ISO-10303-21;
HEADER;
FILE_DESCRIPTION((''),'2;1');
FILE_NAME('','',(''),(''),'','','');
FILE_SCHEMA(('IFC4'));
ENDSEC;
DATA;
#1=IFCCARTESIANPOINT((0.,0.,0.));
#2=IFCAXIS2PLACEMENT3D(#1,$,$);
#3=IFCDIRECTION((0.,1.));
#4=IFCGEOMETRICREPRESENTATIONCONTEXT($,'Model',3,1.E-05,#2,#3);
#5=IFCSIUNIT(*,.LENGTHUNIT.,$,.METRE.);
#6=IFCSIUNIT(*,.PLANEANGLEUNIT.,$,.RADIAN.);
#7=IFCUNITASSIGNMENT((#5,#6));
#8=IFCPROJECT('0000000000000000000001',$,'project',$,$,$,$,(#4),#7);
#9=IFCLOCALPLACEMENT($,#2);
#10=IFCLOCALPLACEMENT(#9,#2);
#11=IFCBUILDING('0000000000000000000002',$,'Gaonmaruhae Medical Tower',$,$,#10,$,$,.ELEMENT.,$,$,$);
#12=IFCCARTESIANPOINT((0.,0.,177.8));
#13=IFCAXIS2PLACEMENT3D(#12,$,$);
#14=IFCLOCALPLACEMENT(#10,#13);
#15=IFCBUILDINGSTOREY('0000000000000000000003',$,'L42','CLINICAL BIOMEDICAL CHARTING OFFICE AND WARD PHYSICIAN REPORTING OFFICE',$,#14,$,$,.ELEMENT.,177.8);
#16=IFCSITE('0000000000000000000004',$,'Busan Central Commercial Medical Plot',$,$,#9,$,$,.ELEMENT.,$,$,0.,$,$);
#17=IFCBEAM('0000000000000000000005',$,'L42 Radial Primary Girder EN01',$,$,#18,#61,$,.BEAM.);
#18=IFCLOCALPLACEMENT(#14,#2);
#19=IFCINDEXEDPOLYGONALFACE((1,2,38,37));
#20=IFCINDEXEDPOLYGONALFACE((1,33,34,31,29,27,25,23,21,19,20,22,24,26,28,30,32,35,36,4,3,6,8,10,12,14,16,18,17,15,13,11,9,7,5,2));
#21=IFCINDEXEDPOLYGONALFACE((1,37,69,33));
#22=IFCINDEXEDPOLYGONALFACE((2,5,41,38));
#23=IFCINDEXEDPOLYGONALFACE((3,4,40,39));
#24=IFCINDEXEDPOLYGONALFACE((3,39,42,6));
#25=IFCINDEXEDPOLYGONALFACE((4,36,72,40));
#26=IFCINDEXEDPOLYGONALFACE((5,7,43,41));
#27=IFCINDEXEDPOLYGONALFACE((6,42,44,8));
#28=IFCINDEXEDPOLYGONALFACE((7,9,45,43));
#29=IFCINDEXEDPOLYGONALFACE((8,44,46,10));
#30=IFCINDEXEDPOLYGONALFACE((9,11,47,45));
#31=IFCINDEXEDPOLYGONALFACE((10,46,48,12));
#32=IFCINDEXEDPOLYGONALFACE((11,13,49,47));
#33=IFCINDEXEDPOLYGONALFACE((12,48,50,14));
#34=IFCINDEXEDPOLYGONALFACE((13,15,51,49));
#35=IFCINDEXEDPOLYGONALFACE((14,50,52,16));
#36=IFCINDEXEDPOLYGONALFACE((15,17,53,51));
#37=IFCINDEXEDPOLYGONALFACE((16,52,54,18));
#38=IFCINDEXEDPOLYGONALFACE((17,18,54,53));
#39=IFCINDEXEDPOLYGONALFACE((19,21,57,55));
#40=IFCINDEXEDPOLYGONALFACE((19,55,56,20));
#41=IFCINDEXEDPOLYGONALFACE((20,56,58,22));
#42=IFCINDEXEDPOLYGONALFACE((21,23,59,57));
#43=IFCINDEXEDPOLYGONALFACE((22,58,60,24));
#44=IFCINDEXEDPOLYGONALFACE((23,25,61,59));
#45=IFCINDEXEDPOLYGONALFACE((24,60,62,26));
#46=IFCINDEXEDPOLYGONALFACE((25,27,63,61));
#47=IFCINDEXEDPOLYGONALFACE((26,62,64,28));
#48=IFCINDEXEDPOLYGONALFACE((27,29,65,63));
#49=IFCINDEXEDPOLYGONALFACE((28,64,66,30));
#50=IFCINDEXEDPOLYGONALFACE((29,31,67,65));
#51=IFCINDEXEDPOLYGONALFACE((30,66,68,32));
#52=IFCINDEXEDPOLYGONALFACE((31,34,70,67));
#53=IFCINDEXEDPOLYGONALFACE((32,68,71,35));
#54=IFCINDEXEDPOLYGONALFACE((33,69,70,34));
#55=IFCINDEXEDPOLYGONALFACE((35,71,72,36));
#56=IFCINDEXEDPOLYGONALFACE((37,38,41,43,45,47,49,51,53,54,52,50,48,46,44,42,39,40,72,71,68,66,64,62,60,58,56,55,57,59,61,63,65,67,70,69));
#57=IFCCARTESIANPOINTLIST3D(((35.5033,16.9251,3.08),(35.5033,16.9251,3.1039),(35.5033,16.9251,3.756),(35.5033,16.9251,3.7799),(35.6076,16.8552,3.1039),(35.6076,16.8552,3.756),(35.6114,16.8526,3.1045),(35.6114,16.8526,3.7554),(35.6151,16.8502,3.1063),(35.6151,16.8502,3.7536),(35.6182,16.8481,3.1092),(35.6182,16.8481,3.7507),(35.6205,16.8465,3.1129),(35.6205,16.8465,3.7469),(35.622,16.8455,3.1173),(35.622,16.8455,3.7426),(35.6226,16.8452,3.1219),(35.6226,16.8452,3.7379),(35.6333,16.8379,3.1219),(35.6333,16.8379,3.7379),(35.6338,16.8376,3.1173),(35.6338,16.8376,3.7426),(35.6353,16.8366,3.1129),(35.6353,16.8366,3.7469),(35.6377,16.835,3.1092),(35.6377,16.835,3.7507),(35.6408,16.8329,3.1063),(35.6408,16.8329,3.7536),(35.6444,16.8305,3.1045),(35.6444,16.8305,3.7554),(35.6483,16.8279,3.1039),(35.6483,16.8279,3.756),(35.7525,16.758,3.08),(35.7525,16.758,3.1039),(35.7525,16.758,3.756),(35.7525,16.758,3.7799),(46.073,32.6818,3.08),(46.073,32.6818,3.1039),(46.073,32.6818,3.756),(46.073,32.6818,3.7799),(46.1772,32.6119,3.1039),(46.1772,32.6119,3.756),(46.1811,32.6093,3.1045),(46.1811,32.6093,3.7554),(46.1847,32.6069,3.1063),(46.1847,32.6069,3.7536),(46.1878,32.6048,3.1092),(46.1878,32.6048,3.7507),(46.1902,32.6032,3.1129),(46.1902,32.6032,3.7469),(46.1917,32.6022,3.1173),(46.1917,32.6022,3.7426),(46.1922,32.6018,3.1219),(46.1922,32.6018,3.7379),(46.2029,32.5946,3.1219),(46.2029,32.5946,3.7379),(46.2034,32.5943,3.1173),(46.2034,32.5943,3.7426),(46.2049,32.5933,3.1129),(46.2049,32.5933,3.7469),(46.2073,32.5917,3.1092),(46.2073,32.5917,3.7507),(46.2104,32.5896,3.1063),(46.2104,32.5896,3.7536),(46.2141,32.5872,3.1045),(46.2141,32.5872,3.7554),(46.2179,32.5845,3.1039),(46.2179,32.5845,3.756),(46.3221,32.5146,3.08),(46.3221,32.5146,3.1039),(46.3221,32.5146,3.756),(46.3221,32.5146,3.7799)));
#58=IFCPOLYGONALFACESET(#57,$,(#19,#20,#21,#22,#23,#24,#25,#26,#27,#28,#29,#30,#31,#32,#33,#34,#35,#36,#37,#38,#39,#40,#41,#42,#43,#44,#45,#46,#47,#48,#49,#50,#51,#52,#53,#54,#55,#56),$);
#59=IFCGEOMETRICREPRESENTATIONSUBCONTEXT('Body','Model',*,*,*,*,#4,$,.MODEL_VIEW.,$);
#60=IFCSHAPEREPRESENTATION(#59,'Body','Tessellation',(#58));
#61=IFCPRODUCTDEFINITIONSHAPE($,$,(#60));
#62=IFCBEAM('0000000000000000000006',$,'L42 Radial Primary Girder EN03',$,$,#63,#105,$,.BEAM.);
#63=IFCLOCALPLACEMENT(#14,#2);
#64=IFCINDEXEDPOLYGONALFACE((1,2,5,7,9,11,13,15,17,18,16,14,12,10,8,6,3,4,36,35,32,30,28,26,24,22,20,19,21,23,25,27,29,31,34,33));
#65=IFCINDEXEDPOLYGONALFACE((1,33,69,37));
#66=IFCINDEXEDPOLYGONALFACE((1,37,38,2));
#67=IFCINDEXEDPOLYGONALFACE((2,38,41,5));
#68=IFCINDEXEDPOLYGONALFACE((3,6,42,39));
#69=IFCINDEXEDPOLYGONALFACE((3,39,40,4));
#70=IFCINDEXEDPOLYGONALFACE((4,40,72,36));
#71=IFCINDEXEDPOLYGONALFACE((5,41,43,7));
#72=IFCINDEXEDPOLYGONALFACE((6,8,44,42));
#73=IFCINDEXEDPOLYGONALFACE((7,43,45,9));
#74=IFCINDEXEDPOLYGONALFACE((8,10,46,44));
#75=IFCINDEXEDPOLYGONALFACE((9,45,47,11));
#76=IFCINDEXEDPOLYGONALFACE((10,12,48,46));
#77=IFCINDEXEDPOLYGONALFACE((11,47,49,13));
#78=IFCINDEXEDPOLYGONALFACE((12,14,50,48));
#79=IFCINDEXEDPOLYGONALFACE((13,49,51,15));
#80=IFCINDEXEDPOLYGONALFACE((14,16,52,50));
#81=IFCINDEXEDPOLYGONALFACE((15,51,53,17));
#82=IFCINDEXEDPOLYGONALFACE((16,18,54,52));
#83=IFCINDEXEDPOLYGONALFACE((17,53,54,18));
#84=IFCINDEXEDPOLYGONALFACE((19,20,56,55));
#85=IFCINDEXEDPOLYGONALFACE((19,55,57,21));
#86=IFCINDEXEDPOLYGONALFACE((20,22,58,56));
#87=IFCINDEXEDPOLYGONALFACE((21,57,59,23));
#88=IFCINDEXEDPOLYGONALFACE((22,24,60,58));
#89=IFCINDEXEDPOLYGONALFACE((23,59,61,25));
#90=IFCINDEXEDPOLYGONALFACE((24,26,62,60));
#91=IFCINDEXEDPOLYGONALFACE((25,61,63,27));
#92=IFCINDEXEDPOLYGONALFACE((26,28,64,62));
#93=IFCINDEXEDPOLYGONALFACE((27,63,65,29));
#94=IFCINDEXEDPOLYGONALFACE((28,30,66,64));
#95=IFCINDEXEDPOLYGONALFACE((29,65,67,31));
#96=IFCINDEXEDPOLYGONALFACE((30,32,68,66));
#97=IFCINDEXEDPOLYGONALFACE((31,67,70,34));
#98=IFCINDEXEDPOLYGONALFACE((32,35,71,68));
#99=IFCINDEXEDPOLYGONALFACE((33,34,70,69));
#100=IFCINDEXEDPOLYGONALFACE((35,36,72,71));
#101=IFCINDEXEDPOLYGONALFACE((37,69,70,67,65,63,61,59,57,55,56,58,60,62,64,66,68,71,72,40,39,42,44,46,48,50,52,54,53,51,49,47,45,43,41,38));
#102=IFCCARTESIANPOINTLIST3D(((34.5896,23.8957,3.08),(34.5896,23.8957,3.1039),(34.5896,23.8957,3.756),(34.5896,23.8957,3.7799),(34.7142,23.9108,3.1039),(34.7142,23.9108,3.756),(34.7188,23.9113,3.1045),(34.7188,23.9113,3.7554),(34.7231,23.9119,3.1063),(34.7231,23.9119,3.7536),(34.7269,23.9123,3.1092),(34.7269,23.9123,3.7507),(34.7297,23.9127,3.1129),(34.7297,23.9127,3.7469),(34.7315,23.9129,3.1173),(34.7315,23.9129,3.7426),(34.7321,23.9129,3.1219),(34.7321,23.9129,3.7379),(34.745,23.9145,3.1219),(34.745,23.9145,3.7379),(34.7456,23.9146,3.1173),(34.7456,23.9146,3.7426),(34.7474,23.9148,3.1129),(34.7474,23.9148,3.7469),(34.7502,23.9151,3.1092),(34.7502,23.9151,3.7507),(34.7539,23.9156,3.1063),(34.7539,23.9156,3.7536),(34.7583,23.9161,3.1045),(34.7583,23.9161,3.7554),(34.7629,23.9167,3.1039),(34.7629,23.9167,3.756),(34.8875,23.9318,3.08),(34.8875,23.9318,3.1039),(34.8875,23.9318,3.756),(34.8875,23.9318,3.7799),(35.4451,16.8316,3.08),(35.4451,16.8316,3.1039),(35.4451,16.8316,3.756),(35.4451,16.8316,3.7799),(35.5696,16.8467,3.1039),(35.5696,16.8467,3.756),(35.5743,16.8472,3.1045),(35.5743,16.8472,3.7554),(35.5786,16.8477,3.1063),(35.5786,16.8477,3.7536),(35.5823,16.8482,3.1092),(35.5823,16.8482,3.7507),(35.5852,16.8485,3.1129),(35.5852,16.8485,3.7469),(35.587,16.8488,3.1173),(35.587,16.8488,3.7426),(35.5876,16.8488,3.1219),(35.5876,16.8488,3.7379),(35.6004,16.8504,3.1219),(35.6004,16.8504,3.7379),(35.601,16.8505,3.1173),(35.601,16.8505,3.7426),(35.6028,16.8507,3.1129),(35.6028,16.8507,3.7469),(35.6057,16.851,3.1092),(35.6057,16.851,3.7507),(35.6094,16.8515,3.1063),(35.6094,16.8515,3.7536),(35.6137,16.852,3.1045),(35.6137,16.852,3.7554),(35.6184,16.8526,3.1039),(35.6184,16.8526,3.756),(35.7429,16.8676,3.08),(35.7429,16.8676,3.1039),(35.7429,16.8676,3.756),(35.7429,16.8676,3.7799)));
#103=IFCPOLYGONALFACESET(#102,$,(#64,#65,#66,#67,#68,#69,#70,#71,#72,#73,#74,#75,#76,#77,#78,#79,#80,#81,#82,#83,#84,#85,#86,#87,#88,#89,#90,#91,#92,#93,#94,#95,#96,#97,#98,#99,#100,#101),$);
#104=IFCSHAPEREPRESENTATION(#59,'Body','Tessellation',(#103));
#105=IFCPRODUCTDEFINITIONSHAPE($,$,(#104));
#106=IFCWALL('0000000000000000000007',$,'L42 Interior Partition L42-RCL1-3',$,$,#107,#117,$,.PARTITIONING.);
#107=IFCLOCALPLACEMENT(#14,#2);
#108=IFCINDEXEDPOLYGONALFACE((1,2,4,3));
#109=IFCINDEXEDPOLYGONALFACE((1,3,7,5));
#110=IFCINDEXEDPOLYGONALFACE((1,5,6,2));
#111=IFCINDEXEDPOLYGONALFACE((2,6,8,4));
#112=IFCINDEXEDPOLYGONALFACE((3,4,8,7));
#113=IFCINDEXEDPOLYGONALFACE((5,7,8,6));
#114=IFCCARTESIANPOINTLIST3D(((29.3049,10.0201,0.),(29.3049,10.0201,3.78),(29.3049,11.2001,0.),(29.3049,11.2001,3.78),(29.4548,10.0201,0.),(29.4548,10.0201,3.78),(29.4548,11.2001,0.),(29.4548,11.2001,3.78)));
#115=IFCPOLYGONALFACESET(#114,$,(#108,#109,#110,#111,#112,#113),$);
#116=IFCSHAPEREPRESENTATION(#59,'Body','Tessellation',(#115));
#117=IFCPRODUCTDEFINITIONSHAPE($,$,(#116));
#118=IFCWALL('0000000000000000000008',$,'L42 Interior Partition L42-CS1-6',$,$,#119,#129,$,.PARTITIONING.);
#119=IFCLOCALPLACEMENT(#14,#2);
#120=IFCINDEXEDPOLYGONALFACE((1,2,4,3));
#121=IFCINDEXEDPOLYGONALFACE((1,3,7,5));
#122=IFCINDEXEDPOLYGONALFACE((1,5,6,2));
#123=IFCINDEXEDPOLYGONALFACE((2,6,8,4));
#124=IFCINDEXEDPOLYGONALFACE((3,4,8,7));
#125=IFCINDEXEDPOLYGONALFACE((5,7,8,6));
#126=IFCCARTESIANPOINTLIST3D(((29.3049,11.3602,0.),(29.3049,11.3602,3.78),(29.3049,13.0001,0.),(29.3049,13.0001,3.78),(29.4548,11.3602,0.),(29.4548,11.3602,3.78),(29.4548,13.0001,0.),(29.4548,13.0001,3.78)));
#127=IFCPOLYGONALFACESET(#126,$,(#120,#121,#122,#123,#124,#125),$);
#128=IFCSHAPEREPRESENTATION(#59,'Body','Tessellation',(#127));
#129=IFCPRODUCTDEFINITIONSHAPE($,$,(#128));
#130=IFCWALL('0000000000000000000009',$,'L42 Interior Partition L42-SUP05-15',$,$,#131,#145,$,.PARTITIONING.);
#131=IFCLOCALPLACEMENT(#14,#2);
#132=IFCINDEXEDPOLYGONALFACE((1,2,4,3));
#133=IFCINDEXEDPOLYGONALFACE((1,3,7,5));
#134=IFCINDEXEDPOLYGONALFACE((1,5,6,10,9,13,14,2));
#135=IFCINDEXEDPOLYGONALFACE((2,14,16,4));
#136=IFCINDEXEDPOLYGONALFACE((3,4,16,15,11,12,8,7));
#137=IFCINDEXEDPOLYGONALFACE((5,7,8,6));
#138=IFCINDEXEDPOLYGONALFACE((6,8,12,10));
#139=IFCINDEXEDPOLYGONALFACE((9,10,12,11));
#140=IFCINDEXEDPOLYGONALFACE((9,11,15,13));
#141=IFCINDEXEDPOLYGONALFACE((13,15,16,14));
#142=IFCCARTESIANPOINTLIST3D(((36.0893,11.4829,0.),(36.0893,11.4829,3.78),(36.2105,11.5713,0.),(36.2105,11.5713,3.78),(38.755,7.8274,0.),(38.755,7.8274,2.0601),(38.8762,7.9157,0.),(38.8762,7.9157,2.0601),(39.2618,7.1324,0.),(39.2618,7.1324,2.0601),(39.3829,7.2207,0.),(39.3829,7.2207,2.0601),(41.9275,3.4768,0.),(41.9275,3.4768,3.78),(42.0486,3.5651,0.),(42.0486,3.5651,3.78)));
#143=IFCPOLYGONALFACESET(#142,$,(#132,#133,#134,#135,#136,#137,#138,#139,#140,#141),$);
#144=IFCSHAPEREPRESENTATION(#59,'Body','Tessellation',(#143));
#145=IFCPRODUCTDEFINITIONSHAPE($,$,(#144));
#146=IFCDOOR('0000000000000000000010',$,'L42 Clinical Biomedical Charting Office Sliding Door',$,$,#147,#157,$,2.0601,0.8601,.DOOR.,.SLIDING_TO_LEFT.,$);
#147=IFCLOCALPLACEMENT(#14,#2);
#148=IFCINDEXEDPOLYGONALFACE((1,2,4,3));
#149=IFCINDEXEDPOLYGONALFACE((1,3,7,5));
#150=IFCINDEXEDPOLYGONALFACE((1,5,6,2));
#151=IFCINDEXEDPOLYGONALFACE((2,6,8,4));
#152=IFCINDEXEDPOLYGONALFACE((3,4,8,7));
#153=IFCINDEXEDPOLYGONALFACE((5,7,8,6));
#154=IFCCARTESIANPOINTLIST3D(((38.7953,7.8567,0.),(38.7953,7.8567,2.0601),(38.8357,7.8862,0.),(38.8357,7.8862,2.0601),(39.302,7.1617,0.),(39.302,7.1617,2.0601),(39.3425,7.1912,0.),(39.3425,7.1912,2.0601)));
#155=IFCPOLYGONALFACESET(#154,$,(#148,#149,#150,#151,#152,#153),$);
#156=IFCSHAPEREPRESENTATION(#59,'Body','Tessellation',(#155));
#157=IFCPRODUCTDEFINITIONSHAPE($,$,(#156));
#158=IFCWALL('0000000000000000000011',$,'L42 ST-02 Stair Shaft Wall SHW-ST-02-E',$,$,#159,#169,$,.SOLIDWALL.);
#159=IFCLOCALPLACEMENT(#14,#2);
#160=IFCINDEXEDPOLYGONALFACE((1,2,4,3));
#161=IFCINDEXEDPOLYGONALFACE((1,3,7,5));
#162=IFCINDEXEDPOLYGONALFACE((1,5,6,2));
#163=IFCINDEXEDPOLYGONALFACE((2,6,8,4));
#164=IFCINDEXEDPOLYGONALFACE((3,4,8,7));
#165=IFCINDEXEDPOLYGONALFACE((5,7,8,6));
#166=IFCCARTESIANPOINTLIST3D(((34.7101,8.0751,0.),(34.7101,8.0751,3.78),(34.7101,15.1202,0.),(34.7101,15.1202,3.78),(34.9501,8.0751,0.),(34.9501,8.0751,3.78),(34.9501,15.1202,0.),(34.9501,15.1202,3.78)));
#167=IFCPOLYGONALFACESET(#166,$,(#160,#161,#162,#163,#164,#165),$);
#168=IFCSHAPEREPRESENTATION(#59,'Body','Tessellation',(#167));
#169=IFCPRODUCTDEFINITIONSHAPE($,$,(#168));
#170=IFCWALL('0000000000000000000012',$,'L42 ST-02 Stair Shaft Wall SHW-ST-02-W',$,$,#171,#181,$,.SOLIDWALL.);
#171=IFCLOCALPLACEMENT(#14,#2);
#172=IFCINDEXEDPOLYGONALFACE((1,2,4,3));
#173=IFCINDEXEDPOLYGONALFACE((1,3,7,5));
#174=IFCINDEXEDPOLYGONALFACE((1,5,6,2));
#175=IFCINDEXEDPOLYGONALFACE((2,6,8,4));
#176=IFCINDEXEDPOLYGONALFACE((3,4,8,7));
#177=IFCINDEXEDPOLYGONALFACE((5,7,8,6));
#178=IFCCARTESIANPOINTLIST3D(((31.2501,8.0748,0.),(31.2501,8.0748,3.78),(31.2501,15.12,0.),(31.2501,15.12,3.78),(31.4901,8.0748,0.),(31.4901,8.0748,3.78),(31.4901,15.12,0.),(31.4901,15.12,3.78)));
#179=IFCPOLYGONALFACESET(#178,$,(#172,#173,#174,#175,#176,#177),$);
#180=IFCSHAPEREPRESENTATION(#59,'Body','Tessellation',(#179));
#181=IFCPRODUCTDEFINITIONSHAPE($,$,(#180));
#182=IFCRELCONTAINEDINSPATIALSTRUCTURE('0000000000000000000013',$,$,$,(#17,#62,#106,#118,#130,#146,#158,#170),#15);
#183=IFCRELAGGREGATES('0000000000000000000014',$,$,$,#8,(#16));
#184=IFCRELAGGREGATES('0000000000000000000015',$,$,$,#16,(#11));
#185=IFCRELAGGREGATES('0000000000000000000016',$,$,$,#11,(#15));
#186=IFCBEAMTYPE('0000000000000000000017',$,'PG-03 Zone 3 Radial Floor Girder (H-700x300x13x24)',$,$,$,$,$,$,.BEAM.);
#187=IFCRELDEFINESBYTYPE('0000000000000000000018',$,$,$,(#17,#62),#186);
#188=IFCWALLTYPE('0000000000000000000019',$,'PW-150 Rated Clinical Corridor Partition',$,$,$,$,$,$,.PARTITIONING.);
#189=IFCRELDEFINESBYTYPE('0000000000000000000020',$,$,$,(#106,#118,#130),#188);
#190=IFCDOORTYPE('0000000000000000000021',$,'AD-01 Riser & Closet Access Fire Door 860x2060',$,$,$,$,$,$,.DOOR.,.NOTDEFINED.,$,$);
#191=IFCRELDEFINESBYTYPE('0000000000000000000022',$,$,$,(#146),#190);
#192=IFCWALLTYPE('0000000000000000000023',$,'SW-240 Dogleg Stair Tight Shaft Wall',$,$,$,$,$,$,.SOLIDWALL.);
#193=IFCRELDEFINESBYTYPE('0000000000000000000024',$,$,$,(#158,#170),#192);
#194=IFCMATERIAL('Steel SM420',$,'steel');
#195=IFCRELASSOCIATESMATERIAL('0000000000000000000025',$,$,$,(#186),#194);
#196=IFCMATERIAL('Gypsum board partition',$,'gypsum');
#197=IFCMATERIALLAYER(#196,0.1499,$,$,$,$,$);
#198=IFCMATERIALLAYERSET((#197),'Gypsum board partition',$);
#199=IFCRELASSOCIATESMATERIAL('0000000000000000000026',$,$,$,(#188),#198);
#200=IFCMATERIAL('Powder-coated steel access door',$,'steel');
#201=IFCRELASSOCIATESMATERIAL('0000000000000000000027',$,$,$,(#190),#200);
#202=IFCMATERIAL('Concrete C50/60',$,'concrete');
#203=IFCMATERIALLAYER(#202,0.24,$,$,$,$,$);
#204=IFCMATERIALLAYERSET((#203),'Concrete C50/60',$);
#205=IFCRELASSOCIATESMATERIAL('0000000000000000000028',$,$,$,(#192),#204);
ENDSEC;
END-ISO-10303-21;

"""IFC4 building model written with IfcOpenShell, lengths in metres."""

from ifc_helpers import new_model, si_unit, direction, frame, frame_2d, origin, origin_2d, place, context, subcontext, project, spatial, rectangle, i_section, extrude, material, layer, layer_set, material_profile, profile_set, type_object, element, fill, save


model = new_model("IFC4")

# Units and contexts
model_context = context("Model", 3, precision=1e-05, world=origin(), true_north=direction((0.0, 1.0)))
body_context = subcontext(model_context, "Body", "Model", "MODEL_VIEW")
ifc_project = project(units=[si_unit("LENGTHUNIT", "METRE"), si_unit("PLANEANGLEUNIT", "RADIAN")], contexts=[model_context])

# Site, building, storey
site_placement = place(None, origin())
site = spatial("IfcSite", under=ifc_project, at=site_placement, Name="Busan Central Commercial Medical Plot", CompositionType="ELEMENT", RefElevation=0.0)
building_placement = place(site_placement, origin())
building = spatial("IfcBuilding", under=site, at=building_placement, Name="Gaonmaruhae Medical Tower", CompositionType="ELEMENT")
storey_placement = place(building_placement, frame((0.0, 0.0, 177.8)))
storey = spatial("IfcBuildingStorey", under=building, at=storey_placement, Name="L42", Description="CLINICAL BIOMEDICAL CHARTING OFFICE AND WARD PHYSICIAN REPORTING OFFICE", CompositionType="ELEMENT", Elevation=177.8)

# Shared definitions
ifc_material_1 = material(Name="Concrete C50/60", Category="concrete")

# Beams
ifc_material_2 = material(Name="Steel SM420", Category="steel")
ifc_material_profile_1 = material_profile(ifc_material_2, i_section(OverallWidth=0.3, OverallDepth=0.7, WebThickness=0.0129, FlangeThickness=0.0239, FilletRadius=0.0181, at=origin_2d()), Name="H-700x300x13x24")
ifc_profile_set_1 = profile_set([ifc_material_profile_1], Name="Steel SM420")
beam_type = type_object("IfcBeamType", Name="PG-03 Zone 3 Radial Floor Girder (H-700x300x13x24)", PredefinedType="BEAM", material=ifc_profile_set_1)
beam_1_placement = place(storey_placement, frame((35.6279, 16.8416, 3.4299), z_axis=(0.557076, 0.830461, 0.0), x_axis=(-0.830461, 0.557076, 0.0)))
element("IfcBeam", 1, at=beam_1_placement, inside=storey, type_object=beam_type, Name="L42 Radial Primary Girder EN01", PredefinedType="BEAM", context=body_context, shape_type="SweptSolid", body=[
    extrude(i_section(OverallWidth=0.3, OverallDepth=0.7, WebThickness=0.0129, FlangeThickness=0.0239, FilletRadius=0.0181, at=origin_2d()), origin(), (0.0, 0.0, 1.0), 18.9734),
])
beam_2_placement = place(storey_placement, frame((35.594, 16.8496, 3.4299), z_axis=(-0.120221, 0.992747, 0.0), x_axis=(-0.992747, -0.120221, 0.0)))
element("IfcBeam", 2, at=beam_2_placement, inside=storey, type_object=beam_type, Name="L42 Radial Primary Girder EN03", PredefinedType="BEAM", context=body_context, shape_type="SweptSolid", body=[
    extrude(i_section(OverallWidth=0.3, OverallDepth=0.7, WebThickness=0.0129, FlangeThickness=0.0239, FilletRadius=0.0181, at=origin_2d()), origin(), (0.0, 0.0, 1.0), 7.1157),
])

# Walls
ifc_material_3 = material(Name="Gypsum board partition", Category="gypsum")
ifc_layer_1 = layer(ifc_material_3, 0.1499)
ifc_layer_set_1 = layer_set([ifc_layer_1], Name="Gypsum board partition")
wall_type_1 = type_object("IfcWallType", Name="PW-150 Rated Clinical Corridor Partition", PredefinedType="PARTITIONING", material=ifc_layer_set_1)
wall_1_placement = place(storey_placement, frame((29.3799, 11.2, 0.0), z_axis=(0.0, 0.0, 1.0), x_axis=(0.0, -1.0, 0.0)))
element("IfcWall", 3, at=wall_1_placement, inside=storey, type_object=wall_type_1, Name="L42 Interior Partition L42-RCL1-3", PredefinedType="PARTITIONING", context=body_context, shape_type="SweptSolid", body=[
    extrude(rectangle(XDim=1.1799, YDim=0.1499, at=frame_2d((0.5898, 0.0))), origin(), (0.0, 0.0, 1.0), 3.78),
])
wall_2_placement = place(storey_placement, frame((29.3799, 13.0, 0.0), z_axis=(0.0, 0.0, 1.0), x_axis=(0.0, -1.0, 0.0)))
element("IfcWall", 4, at=wall_2_placement, inside=storey, type_object=wall_type_1, Name="L42 Interior Partition L42-CS1-6", PredefinedType="PARTITIONING", context=body_context, shape_type="SweptSolid", body=[
    extrude(rectangle(XDim=1.6399, YDim=0.1499, at=frame_2d((0.8198, 0.0))), origin(), (0.0, 0.0, 1.0), 3.78),
])

# Wall, opening, door
wall_3_placement = place(storey_placement, frame((36.1499, 11.5271, 0.0), z_axis=(0.0, 0.0, 1.0), x_axis=(0.589195, -0.807991, 0.0)))
wall_3 = element("IfcWall", 5, at=wall_3_placement, inside=storey, type_object=wall_type_1, Name="L42 Interior Partition L42-SUP05-15", PredefinedType="PARTITIONING", context=body_context, shape_type="SweptSolid", body=[
    extrude(rectangle(XDim=9.9087, YDim=0.1499, at=frame_2d((4.9543, 0.0))), origin(), (0.0, 0.0, 1.0), 3.78),
])
opening_1_placement = place(wall_3_placement, frame((4.5242, 0.0, 0.0)))
opening_1 = element("IfcOpeningElement", 6, at=opening_1_placement, cuts=wall_3, PredefinedType="OPENING", context=body_context, shape_type="SweptSolid", body=[
    extrude(rectangle(XDim=0.8601, YDim=2.0601, at=frame_2d((0.4302, 1.03))), frame((0.0, 0.085, 0.0), z_axis=(0.0, -1.0, 0.0), x_axis=(1.0, 0.0, 0.0)), (0.0, 0.0, 1.0), 0.1699),
])
ifc_material_4 = material(Name="Powder-coated steel access door", Category="steel")
door_type_1 = type_object("IfcDoorType", Name="AD-01 Riser & Closet Access Fire Door 860x2060", OperationType="NOTDEFINED", PredefinedType="DOOR", material=ifc_material_4)
door_1_placement = place(opening_1_placement, origin())
door_1 = element("IfcDoor", 7, at=door_1_placement, inside=storey, type_object=door_type_1, Name="L42 Clinical Biomedical Charting Office Sliding Door", OperationType="SLIDING_TO_LEFT", OverallHeight=2.0601, OverallWidth=0.8601, PredefinedType="DOOR", context=body_context, shape_type="SweptSolid", body=[
    extrude(rectangle(XDim=0.8601, YDim=2.0601, at=frame_2d((0.4302, 1.03))), frame((0.0, 0.0249, 0.0), z_axis=(0.0, -1.0, 0.0), x_axis=(1.0, 0.0, 0.0)), (0.0, 0.0, 1.0), 0.05),
])
fill(opening_1, door_1)
ifc_layer_2 = layer(ifc_material_1, 0.24)
ifc_layer_set_2 = layer_set([ifc_layer_2], Name="Concrete C50/60")
wall_type_2 = type_object("IfcWallType", Name="SW-240 Dogleg Stair Tight Shaft Wall", PredefinedType="SOLIDWALL", material=ifc_layer_set_2)

# Walls
for number, where, z_axis, x_axis, name in (
    (8, (34.8301, 15.1201, 0.0), (0.0, 0.0, 1.0), (0.0, -1.0, 0.0), "L42 ST-02 Stair Shaft Wall SHW-ST-02-E"),
    (9, (31.3701, 8.075, 0.0), (0.0, 0.0, 1.0), (0.0, 1.0, 0.0), "L42 ST-02 Stair Shaft Wall SHW-ST-02-W"),
):
    element("IfcWall", number, at=place(storey_placement, frame(where, z_axis=z_axis, x_axis=x_axis)), inside=storey, type_object=wall_type_2, Name=name, PredefinedType="SOLIDWALL", context=body_context, shape_type="SweptSolid", body=[
        extrude(rectangle(XDim=7.0452, YDim=0.24, at=frame_2d((3.5225, 0.0))), origin(), (0.0, 0.0, 1.0), 3.78),
    ])

save(model, "model.ifc")
